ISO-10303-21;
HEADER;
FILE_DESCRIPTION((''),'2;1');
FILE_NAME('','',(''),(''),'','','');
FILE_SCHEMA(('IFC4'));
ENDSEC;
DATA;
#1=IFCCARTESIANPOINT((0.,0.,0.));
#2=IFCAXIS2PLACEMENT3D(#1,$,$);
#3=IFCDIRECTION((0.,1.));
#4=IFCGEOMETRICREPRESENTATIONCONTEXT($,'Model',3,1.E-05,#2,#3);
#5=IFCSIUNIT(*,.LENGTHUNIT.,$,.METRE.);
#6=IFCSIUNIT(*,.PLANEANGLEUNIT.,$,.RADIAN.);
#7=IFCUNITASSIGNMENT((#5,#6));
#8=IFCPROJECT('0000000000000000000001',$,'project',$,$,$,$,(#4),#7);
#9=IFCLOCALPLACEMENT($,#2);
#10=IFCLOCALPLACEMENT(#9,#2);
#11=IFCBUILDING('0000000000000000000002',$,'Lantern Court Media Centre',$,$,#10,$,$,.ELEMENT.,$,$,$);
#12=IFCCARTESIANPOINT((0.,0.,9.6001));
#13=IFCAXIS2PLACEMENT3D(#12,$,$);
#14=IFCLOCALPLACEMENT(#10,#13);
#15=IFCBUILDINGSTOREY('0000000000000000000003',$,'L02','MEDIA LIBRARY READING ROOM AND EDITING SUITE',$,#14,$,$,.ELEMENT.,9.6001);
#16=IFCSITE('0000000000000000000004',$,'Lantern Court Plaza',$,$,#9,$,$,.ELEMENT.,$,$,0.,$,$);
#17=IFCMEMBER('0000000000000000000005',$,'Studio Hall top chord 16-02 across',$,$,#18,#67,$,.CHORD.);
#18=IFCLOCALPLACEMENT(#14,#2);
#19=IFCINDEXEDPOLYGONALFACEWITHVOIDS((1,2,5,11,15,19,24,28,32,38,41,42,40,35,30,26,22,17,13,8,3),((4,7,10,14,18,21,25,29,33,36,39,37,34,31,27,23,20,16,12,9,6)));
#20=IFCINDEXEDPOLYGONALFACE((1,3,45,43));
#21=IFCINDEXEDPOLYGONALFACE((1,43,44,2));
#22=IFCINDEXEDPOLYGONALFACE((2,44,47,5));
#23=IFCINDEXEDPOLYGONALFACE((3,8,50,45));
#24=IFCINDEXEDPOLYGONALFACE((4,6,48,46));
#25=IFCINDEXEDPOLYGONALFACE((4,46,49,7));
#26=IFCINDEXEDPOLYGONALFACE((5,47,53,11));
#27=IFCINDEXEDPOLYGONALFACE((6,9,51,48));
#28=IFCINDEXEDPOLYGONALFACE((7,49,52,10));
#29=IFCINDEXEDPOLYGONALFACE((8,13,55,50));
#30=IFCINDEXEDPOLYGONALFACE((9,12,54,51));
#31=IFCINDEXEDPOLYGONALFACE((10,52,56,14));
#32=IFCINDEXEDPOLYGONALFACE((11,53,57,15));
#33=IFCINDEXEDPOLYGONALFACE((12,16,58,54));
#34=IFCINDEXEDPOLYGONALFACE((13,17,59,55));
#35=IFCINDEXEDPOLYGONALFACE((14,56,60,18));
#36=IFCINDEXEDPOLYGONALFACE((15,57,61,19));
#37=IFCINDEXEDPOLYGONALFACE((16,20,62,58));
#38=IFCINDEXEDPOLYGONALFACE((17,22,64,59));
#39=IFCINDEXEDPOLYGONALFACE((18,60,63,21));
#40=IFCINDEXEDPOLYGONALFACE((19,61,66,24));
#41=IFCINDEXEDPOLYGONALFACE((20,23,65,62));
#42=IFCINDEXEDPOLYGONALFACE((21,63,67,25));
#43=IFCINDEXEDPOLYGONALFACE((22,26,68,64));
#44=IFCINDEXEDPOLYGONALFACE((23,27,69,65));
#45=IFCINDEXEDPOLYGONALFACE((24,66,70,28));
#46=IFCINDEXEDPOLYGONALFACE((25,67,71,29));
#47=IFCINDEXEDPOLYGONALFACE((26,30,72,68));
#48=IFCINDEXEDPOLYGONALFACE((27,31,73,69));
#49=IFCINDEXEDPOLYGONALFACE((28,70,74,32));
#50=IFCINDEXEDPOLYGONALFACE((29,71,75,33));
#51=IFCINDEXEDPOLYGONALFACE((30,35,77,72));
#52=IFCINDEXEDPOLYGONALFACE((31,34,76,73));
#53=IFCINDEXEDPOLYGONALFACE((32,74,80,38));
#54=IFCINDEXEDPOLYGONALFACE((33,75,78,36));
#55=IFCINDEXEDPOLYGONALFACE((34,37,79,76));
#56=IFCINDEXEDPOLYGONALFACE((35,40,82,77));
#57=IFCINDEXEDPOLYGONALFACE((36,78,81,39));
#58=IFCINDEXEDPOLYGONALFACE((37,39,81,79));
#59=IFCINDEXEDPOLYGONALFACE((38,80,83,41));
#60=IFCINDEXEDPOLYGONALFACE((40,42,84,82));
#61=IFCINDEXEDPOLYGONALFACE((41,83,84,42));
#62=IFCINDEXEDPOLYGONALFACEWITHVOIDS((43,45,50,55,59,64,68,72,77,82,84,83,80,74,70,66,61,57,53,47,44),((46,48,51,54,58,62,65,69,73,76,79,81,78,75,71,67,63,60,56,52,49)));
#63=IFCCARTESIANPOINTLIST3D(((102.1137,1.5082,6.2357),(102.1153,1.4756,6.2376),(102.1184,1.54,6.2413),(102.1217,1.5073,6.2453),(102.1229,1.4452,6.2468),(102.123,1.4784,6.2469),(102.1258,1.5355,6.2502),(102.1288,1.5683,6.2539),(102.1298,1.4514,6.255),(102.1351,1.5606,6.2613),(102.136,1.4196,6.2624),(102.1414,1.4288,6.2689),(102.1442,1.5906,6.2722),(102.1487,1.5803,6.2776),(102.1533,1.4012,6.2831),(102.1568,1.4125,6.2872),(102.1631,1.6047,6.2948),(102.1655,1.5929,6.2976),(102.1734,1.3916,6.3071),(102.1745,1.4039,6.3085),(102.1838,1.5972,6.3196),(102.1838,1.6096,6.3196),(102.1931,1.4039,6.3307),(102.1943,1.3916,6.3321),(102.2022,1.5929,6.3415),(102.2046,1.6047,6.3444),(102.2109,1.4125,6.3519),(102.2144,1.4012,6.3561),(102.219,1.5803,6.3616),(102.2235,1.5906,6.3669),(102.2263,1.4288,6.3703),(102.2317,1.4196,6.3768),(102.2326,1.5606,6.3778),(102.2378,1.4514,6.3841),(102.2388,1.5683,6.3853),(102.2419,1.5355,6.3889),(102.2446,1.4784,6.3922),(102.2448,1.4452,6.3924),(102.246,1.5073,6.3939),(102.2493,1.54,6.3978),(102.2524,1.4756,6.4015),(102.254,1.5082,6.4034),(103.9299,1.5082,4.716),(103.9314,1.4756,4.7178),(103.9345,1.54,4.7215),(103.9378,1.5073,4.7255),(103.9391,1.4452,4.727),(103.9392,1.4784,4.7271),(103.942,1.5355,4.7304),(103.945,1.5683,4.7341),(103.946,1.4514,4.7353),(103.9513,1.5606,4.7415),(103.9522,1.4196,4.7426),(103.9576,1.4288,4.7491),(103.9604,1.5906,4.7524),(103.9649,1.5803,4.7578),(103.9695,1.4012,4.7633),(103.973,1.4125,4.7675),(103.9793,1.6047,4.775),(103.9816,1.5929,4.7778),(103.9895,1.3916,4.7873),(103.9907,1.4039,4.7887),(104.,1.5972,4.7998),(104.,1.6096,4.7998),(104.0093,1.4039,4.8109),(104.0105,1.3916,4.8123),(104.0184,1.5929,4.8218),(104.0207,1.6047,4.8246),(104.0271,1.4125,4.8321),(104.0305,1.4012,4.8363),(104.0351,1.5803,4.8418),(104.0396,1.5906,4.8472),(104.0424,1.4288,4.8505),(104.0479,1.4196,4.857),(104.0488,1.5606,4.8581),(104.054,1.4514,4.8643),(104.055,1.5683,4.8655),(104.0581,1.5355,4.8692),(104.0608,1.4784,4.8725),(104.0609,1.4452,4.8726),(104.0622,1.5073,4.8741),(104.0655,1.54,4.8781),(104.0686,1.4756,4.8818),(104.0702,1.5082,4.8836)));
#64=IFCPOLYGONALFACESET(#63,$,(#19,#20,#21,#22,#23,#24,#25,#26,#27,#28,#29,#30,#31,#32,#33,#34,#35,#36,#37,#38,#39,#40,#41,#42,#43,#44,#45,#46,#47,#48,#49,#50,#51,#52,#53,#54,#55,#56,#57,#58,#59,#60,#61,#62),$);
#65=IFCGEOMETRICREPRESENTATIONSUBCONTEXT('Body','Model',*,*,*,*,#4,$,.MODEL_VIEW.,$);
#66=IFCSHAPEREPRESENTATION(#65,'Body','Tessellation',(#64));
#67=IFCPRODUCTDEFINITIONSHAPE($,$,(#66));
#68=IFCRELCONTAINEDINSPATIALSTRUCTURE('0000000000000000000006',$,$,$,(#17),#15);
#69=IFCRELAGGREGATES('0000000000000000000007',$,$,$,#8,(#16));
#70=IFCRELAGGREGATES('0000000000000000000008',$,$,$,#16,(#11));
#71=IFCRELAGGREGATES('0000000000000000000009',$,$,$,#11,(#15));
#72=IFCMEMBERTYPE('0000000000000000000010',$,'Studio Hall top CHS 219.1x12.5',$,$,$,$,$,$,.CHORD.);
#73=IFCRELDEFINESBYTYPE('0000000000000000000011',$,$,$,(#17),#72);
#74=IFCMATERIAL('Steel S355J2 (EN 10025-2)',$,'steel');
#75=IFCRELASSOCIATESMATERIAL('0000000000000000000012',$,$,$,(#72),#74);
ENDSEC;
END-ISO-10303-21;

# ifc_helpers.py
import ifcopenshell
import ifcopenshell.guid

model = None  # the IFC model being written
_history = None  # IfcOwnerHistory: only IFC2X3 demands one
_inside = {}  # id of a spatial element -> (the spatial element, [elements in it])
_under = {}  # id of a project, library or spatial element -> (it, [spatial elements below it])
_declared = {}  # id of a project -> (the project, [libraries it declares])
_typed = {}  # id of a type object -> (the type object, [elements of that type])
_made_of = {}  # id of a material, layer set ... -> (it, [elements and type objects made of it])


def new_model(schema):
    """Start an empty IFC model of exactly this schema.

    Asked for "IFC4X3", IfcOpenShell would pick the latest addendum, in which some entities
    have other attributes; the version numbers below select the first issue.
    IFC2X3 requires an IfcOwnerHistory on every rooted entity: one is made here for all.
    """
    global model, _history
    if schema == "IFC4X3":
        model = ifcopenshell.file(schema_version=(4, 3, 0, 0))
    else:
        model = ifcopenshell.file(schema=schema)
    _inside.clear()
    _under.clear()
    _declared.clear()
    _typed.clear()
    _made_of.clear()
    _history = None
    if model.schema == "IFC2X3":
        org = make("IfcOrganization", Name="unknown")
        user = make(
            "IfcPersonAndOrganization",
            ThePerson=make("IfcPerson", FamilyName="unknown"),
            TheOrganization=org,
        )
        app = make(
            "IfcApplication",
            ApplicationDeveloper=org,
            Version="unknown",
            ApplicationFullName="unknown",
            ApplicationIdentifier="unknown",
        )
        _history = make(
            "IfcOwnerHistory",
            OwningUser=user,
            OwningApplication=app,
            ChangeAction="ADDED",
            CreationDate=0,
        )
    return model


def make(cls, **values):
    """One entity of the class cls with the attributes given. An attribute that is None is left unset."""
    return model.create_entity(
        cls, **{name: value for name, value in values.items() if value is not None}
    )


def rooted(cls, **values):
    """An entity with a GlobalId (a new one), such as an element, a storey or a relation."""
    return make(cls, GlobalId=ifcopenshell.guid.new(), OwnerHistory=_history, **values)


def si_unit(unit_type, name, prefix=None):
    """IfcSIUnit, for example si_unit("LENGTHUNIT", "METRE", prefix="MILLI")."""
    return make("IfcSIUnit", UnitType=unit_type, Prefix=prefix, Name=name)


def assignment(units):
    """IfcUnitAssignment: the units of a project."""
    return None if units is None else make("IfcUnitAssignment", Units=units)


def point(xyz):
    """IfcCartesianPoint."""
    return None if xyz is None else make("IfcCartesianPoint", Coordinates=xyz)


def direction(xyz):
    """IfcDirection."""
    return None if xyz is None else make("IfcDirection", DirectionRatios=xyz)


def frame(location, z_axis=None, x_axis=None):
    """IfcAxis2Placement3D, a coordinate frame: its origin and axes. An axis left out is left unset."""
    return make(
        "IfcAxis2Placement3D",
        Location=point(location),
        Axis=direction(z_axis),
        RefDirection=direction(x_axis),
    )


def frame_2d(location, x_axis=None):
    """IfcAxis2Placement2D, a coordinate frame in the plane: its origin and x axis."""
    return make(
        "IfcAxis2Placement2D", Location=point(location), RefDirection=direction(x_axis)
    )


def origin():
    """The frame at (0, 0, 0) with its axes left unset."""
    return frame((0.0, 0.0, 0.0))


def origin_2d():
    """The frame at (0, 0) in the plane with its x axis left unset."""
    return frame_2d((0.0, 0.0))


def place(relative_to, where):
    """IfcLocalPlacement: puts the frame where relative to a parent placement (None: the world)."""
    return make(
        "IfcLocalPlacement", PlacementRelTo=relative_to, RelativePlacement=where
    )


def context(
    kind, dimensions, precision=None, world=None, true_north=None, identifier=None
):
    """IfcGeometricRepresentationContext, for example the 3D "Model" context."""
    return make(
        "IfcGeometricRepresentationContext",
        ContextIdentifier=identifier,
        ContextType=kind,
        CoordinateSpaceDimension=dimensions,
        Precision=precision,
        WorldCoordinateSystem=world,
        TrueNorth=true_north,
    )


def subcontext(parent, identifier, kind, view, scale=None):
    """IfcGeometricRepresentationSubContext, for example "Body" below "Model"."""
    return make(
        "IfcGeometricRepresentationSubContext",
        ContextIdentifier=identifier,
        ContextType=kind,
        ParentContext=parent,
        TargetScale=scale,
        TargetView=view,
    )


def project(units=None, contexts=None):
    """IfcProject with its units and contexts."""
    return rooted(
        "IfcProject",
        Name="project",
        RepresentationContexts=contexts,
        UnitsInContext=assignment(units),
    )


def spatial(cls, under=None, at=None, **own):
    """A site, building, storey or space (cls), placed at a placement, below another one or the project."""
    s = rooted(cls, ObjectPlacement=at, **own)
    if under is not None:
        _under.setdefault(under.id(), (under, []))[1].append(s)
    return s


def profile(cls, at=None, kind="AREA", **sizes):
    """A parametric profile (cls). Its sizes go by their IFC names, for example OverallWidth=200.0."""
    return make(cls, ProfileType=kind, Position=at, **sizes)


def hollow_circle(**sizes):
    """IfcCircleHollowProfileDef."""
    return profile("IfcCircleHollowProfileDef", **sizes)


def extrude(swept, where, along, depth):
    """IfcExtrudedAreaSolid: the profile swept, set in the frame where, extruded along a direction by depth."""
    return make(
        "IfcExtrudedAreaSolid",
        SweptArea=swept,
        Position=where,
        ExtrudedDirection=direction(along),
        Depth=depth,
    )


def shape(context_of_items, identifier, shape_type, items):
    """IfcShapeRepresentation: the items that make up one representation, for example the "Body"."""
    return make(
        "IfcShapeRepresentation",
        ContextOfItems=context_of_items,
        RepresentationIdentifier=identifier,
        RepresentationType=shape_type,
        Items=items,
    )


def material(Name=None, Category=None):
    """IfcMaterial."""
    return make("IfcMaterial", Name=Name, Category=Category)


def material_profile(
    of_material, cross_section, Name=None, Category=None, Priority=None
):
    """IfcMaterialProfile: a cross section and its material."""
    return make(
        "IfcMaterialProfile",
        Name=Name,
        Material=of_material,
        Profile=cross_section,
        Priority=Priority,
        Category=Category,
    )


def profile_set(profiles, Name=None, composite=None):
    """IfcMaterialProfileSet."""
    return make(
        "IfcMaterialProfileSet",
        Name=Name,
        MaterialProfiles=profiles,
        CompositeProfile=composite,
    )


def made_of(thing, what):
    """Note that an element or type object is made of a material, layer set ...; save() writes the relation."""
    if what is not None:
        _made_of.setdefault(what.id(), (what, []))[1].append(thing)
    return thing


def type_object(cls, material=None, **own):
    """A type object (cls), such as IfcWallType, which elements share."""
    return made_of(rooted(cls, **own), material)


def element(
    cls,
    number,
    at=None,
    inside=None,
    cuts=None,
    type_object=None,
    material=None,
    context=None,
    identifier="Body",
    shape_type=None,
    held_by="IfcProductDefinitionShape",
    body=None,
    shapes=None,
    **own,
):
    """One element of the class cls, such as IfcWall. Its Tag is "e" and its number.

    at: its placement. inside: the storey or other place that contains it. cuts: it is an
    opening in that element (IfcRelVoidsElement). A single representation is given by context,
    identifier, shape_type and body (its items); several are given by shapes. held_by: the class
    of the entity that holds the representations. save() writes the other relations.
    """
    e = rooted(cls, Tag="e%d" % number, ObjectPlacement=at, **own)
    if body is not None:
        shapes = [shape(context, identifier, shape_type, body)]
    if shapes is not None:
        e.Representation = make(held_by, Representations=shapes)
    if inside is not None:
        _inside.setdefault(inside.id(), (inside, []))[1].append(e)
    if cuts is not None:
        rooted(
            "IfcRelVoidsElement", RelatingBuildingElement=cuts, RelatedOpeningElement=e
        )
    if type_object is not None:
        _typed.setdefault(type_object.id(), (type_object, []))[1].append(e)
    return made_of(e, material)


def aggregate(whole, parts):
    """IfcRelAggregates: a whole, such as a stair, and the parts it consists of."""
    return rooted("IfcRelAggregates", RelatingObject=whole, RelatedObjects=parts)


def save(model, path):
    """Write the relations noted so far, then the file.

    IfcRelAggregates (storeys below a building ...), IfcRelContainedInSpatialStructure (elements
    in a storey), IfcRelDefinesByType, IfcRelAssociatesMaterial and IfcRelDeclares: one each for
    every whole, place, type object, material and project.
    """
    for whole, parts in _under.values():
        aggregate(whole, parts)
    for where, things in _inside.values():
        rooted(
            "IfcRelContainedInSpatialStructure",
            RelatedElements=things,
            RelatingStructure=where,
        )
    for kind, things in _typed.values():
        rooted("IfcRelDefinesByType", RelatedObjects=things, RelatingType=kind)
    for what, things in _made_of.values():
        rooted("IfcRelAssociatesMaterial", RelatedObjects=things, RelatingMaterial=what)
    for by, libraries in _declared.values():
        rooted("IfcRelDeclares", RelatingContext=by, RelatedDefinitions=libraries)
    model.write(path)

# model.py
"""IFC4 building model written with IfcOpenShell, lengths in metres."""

from ifc_helpers import new_model, si_unit, direction, frame, origin, origin_2d, place, context, subcontext, project, spatial, hollow_circle, extrude, material, material_profile, profile_set, type_object, element, save


model = new_model("IFC4")

# Units and contexts
model_context = context("Model", 3, precision=1e-05, world=origin(), true_north=direction((0.0, 1.0)))
body_context = subcontext(model_context, "Body", "Model", "MODEL_VIEW")
ifc_project = project(units=[si_unit("LENGTHUNIT", "METRE"), si_unit("PLANEANGLEUNIT", "RADIAN")], contexts=[model_context])

# Site, building, storey
site_placement = place(None, origin())
site = spatial("IfcSite", under=ifc_project, at=site_placement, Name="Lantern Court Plaza", CompositionType="ELEMENT", RefElevation=0.0)
building_placement = place(site_placement, origin())
building = spatial("IfcBuilding", under=site, at=building_placement, Name="Lantern Court Media Centre", CompositionType="ELEMENT")
storey_placement = place(building_placement, frame((0.0, 0.0, 9.6001)))
storey = spatial("IfcBuildingStorey", under=building, at=storey_placement, Name="L02", Description="MEDIA LIBRARY READING ROOM AND EDITING SUITE", CompositionType="ELEMENT", Elevation=9.6001)

# Member
ifc_material = material(Name="Steel S355J2 (EN 10025-2)", Category="steel")
ifc_material_profile_1 = material_profile(ifc_material, hollow_circle(Radius=0.1096, WallThickness=0.0125, at=origin_2d()), Name="Studio Hall top CHS 219.1x12.5")
ifc_profile_set_1 = profile_set([ifc_material_profile_1], Name="Steel S355J2 (EN 10025-2)")
member_type_1 = type_object("IfcMemberType", Name="Studio Hall top CHS 219.1x12.5", PredefinedType="CHORD", material=ifc_profile_set_1)
for number, where, z_axis, x_axis, name in (
    (1, (102.1838, 1.5, 6.3196), (0.76691, 0.0, -0.641755), (0.0, 1.0, 0.0), "Studio Hall top chord 16-02 across"),
):
    element("IfcMember", number, at=place(storey_placement, frame(where, z_axis=z_axis, x_axis=x_axis)), inside=storey, type_object=member_type_1, Name=name, PredefinedType="CHORD", context=body_context, shape_type="SweptSolid", body=[
        extrude(hollow_circle(Radius=0.1096, WallThickness=0.0125, at=origin_2d()), origin(), (0.0, 0.0, 1.0), 2.3682),
    ])

save(model, "model.ifc")
